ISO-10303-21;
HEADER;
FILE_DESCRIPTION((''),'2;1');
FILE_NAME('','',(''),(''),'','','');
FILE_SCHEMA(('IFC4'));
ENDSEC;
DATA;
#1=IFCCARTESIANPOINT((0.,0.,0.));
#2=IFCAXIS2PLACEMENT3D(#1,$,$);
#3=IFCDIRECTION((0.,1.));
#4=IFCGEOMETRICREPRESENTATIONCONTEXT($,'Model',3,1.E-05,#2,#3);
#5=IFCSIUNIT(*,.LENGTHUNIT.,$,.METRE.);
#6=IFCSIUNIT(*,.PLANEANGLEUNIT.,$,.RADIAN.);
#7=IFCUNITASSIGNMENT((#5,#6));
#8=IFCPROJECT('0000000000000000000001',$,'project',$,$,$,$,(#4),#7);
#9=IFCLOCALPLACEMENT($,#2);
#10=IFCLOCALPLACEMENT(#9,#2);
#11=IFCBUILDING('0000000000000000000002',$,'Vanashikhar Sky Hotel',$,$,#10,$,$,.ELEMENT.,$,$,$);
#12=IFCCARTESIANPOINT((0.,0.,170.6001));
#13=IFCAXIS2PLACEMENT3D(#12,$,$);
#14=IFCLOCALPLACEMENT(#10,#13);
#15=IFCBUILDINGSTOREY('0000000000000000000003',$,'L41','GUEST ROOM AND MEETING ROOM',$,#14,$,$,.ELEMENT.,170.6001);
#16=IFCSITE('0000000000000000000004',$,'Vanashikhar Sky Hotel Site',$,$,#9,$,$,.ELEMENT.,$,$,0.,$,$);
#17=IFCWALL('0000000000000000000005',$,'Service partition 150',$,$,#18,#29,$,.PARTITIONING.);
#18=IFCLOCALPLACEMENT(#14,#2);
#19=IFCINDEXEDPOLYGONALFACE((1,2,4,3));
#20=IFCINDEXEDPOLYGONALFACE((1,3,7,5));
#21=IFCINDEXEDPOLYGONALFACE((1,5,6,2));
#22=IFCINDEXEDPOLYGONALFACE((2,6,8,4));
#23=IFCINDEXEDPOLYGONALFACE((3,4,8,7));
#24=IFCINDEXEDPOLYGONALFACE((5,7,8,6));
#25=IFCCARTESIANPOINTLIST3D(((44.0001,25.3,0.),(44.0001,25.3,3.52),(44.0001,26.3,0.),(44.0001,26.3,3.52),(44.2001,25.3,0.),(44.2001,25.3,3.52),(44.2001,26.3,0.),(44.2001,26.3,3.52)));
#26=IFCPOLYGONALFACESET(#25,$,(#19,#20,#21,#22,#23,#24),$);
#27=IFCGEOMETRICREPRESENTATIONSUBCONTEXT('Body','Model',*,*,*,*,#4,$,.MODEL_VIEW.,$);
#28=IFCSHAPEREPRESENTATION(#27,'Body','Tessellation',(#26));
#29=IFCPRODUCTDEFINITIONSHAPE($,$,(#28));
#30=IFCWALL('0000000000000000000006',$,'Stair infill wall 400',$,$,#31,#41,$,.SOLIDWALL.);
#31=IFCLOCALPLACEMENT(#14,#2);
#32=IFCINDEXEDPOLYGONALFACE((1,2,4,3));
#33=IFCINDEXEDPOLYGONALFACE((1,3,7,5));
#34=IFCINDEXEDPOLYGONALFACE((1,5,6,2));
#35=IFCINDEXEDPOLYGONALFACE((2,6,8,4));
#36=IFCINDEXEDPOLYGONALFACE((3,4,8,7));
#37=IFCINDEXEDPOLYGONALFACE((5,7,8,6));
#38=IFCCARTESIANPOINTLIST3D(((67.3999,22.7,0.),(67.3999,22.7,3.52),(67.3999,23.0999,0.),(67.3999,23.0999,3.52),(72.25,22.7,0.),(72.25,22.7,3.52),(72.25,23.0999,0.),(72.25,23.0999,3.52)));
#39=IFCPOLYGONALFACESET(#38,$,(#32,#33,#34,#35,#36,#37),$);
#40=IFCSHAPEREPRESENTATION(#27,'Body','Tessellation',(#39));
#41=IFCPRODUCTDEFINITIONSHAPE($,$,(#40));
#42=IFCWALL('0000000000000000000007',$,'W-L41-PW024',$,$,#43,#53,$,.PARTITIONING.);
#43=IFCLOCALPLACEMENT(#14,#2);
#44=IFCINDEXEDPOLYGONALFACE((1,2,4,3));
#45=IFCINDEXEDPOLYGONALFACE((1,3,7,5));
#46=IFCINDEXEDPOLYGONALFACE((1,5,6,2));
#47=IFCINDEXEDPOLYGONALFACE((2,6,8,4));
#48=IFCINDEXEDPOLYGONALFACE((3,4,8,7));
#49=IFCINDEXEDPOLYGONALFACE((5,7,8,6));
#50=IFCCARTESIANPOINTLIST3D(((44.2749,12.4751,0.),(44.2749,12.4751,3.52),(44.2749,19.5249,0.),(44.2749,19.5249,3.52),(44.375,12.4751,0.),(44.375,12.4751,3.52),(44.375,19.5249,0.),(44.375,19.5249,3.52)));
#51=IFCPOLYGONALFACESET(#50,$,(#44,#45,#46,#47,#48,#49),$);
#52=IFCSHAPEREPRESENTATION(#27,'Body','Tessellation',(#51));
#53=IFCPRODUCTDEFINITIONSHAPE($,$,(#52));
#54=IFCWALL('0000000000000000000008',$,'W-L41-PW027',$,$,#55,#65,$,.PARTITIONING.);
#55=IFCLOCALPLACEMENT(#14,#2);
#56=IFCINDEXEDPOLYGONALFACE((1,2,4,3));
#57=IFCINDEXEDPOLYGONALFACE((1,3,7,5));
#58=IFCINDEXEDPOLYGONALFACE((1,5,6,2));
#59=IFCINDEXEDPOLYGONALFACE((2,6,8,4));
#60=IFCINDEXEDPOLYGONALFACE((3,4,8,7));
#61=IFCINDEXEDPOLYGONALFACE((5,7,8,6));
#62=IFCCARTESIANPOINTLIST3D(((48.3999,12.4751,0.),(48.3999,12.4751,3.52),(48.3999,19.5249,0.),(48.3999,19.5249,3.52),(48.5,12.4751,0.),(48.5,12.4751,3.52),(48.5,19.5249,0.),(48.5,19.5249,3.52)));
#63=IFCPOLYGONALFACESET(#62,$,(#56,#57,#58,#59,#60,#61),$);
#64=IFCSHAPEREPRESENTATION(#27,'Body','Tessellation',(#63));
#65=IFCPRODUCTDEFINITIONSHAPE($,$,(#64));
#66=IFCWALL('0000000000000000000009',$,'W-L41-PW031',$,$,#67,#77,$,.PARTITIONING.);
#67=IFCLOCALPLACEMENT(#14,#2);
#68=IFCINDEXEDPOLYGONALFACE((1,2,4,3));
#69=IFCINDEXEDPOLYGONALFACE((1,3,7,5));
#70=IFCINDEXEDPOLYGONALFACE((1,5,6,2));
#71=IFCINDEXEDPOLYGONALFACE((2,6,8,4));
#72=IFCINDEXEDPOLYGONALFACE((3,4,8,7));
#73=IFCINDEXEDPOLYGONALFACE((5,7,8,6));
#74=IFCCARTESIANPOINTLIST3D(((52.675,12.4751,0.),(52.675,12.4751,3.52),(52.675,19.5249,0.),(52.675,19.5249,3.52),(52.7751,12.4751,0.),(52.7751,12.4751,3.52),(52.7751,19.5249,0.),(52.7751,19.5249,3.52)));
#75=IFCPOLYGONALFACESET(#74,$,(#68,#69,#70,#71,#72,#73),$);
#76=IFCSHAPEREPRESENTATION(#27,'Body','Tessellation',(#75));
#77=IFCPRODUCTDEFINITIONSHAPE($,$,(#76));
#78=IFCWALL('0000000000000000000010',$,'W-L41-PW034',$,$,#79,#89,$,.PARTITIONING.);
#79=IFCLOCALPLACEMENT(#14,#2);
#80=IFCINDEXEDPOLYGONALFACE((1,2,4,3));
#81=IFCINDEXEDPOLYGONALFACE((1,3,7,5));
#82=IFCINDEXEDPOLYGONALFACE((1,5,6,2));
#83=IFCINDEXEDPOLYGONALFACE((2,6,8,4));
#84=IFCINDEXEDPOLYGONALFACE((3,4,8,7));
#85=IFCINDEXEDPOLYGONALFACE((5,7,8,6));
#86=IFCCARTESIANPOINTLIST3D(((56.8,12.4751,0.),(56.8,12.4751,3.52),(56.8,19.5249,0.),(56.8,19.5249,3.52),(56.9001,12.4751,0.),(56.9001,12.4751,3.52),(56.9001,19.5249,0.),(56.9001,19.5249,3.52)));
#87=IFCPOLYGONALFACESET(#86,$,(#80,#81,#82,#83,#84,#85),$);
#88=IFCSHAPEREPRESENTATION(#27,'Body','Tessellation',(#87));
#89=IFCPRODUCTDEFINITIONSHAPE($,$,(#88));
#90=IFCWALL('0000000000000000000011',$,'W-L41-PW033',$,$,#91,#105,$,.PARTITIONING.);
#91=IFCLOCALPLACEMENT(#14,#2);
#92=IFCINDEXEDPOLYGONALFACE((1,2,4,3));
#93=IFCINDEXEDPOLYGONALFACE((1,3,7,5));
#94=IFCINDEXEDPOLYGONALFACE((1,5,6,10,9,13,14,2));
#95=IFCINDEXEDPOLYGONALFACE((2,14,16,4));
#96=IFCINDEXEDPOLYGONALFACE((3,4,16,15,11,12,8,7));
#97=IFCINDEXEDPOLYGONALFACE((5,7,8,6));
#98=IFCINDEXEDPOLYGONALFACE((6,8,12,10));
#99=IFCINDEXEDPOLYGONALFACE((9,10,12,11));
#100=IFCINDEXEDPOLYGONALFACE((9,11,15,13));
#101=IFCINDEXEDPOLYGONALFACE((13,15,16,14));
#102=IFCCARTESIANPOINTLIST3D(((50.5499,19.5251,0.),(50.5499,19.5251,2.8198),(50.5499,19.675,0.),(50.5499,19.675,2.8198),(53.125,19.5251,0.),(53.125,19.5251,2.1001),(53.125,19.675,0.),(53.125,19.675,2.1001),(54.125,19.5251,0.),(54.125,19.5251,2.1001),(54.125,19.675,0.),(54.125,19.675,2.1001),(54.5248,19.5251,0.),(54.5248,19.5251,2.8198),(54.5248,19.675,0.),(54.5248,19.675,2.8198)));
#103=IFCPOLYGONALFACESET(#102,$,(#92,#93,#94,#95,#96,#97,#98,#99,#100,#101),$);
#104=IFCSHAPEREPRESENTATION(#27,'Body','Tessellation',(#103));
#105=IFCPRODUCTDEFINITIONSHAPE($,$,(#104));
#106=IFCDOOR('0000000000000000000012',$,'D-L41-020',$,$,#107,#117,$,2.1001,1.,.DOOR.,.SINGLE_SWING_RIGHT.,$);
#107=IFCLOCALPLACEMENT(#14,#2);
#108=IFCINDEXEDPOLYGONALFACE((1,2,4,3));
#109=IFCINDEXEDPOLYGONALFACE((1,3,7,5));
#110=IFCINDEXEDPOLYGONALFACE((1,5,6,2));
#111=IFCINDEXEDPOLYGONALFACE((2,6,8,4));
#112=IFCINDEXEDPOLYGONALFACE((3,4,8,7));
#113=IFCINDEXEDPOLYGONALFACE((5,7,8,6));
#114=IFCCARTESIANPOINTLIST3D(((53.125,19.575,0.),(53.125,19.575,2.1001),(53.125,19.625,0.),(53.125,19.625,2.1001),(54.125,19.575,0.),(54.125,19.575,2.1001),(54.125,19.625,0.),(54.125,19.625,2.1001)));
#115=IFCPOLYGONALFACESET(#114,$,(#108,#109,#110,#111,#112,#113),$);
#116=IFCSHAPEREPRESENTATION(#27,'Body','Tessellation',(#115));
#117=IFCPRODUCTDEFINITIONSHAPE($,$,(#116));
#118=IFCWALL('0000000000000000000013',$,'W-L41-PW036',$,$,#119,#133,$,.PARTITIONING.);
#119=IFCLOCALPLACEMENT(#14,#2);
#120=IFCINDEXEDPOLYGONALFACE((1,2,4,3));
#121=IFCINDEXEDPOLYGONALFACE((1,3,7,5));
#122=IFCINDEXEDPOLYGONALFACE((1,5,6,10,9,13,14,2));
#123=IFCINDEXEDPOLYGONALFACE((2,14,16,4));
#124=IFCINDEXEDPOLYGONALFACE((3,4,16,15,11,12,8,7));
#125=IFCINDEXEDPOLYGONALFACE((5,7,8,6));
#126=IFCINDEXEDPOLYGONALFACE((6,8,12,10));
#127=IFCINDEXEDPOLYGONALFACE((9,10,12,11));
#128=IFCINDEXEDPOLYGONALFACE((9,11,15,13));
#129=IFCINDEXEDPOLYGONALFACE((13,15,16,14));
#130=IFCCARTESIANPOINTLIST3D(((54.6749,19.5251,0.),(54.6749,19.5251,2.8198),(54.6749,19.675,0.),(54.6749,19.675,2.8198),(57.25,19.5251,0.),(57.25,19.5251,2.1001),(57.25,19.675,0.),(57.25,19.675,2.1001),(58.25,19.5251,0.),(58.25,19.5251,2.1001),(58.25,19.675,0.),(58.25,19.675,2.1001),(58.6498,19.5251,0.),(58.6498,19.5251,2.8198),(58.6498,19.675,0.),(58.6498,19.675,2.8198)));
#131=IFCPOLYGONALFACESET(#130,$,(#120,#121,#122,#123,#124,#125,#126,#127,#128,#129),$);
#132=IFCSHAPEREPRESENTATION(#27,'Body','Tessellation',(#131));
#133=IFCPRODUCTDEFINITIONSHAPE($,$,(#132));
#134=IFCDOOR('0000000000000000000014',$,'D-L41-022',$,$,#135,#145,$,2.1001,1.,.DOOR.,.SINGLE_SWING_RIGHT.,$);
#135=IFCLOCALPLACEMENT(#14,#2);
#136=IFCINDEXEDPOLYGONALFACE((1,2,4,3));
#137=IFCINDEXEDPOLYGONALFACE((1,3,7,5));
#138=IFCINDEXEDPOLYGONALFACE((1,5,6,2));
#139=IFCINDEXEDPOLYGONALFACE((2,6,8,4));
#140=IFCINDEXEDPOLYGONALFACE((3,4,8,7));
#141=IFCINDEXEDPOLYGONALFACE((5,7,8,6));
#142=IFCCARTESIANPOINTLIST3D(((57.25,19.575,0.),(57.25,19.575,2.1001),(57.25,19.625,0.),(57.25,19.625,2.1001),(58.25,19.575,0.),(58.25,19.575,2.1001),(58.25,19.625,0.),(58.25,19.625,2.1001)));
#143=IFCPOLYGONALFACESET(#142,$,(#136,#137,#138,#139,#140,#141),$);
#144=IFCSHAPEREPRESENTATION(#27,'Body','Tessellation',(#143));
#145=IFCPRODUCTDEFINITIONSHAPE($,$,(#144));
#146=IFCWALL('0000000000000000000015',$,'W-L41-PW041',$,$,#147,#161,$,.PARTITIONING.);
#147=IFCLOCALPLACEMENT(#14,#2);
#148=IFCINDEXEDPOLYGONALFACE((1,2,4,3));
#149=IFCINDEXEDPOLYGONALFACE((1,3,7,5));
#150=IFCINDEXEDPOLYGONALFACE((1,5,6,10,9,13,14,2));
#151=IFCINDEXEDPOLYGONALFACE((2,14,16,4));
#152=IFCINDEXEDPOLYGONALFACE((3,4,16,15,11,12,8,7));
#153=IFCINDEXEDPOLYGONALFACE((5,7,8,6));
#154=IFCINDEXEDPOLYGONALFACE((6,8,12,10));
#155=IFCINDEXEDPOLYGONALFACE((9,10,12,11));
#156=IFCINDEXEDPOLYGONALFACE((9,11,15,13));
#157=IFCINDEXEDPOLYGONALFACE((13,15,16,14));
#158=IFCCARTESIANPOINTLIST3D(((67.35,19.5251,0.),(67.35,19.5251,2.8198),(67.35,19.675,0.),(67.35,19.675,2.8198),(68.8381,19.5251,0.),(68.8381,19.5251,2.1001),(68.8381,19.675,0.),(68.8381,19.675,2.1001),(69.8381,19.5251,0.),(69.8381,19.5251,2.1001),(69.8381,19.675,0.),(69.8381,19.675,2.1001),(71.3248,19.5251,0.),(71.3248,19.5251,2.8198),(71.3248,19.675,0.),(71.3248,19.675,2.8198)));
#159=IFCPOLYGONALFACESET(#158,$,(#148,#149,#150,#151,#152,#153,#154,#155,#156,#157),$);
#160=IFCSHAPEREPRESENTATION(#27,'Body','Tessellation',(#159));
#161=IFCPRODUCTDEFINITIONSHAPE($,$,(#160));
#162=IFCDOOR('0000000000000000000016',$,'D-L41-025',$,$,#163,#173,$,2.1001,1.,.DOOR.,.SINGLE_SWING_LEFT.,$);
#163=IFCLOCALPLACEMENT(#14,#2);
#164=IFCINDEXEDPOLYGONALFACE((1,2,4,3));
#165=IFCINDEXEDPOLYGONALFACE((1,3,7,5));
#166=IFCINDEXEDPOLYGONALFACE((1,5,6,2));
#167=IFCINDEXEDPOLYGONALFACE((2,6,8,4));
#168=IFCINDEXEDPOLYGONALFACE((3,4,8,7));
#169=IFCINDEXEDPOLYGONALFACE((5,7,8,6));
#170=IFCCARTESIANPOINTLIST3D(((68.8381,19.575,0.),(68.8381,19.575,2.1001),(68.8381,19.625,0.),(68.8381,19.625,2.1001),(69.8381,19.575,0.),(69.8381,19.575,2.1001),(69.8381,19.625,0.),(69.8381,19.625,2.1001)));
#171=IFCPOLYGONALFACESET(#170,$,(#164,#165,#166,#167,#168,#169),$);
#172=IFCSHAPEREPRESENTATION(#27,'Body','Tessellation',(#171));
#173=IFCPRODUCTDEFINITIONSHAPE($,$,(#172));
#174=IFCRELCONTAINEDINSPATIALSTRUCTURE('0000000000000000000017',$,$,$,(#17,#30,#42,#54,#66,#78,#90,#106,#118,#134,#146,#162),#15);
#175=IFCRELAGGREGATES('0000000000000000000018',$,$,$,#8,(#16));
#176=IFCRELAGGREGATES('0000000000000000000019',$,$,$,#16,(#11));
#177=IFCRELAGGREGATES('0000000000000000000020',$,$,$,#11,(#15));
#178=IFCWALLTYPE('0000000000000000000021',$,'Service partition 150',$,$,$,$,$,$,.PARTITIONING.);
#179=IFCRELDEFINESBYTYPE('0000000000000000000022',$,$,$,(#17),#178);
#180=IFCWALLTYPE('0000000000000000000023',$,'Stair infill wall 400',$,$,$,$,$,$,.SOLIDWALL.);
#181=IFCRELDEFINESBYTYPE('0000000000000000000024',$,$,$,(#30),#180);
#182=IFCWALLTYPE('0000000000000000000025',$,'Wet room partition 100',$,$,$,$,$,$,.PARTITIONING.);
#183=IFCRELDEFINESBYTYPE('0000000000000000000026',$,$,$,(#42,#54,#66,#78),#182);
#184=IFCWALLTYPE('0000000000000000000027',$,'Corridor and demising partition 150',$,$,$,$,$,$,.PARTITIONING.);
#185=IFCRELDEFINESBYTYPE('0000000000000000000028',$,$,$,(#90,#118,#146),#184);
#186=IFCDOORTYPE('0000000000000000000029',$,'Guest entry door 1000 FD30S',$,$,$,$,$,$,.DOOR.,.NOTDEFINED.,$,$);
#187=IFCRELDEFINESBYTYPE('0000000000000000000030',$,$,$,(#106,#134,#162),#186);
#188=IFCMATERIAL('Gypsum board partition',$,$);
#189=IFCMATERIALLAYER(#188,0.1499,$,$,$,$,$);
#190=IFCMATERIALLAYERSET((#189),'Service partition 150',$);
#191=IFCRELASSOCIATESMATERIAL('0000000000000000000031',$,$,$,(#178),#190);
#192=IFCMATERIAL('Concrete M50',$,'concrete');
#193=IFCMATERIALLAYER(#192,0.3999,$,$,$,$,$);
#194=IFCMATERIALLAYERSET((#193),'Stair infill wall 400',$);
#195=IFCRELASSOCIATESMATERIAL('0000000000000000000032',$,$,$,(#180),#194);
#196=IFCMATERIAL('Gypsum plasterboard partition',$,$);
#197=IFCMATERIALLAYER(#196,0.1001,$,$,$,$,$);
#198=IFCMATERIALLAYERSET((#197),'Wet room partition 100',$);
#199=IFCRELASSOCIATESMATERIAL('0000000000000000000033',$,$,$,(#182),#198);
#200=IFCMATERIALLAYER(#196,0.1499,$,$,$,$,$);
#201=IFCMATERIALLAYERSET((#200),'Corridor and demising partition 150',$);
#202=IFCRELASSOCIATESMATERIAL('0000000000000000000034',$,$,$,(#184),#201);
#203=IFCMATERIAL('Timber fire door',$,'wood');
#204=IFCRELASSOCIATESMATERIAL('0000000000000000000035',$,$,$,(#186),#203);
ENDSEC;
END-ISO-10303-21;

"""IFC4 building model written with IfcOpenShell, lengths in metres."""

from ifc_helpers import new_model, si_unit, direction, frame, frame_2d, origin, place, context, subcontext, project, spatial, rectangle, extrude, source, transform, mapped, material, layer, layer_set, type_object, element, fill, save


model = new_model("IFC4")

# Units and contexts
model_context = context("Model", 3, precision=1e-05, world=origin(), true_north=direction((0.0, 1.0)))
body_context = subcontext(model_context, "Body", "Model", "MODEL_VIEW")
ifc_project = project(units=[si_unit("LENGTHUNIT", "METRE"), si_unit("PLANEANGLEUNIT", "RADIAN")], contexts=[model_context])

# Site, building, storey
site_placement = place(None, origin())
site = spatial("IfcSite", under=ifc_project, at=site_placement, Name="Vanashikhar Sky Hotel Site", CompositionType="ELEMENT", RefElevation=0.0)
building_placement = place(site_placement, origin())
building = spatial("IfcBuilding", under=site, at=building_placement, Name="Vanashikhar Sky Hotel", CompositionType="ELEMENT")
storey_placement = place(building_placement, frame((0.0, 0.0, 170.6001)))
storey = spatial("IfcBuildingStorey", under=building, at=storey_placement, Name="L41", Description="GUEST ROOM AND MEETING ROOM", CompositionType="ELEMENT", Elevation=170.6001)

# Shared definitions
ifc_material_1 = material(Name="Concrete M50", Category="concrete")

# Walls
ifc_material_2 = material(Name="Gypsum board partition")
ifc_layer_1 = layer(ifc_material_2, 0.1499)
ifc_layer_set_1 = layer_set([ifc_layer_1], Name="Service partition 150")
wall_type_1 = type_object("IfcWallType", Name="Service partition 150", PredefinedType="PARTITIONING", material=ifc_layer_set_1)
shared_shape_1 = source(origin(), body_context, "Body", "SweptSolid", [
    extrude(rectangle(XDim=1.0, YDim=0.2, at=frame_2d((0.5, 0.0))), origin(), (0.0, 0.0, 1.0), 3.52),
])
wall_1_placement = place(storey_placement, frame((44.1001, 25.3, 0.0), z_axis=(0.0, 0.0, 1.0), x_axis=(0.0, 1.0, 0.0)))
element("IfcWall", 1, at=wall_1_placement, inside=storey, type_object=wall_type_1, Name="Service partition 150", PredefinedType="PARTITIONING", context=body_context, shape_type="MappedRepresentation", body=[
    mapped(shared_shape_1, transform((0.0, 0.0, 0.0), scale=1.0)),
])
ifc_layer_2 = layer(ifc_material_1, 0.3999)
ifc_layer_set_2 = layer_set([ifc_layer_2], Name="Stair infill wall 400")
wall_type_2 = type_object("IfcWallType", Name="Stair infill wall 400", PredefinedType="SOLIDWALL", material=ifc_layer_set_2)
shared_shape_2 = source(origin(), body_context, "Body", "SweptSolid", [
    extrude(rectangle(XDim=4.8501, YDim=0.3999, at=frame_2d((2.425, 0.0))), origin(), (0.0, 0.0, 1.0), 3.52),
])
wall_2_placement = place(storey_placement, frame((67.3999, 22.8999, 0.0), z_axis=(0.0, 0.0, 1.0), x_axis=(1.0, 0.0, 0.0)))
element("IfcWall", 2, at=wall_2_placement, inside=storey, type_object=wall_type_2, Name="Stair infill wall 400", PredefinedType="SOLIDWALL", context=body_context, shape_type="MappedRepresentation", body=[
    mapped(shared_shape_2, transform((0.0, 0.0, 0.0), scale=1.0)),
])
ifc_material_3 = material(Name="Gypsum plasterboard partition")
ifc_layer_3 = layer(ifc_material_3, 0.1001)
ifc_layer_set_3 = layer_set([ifc_layer_3], Name="Wet room partition 100")
wall_type_3 = type_object("IfcWallType", Name="Wet room partition 100", PredefinedType="PARTITIONING", material=ifc_layer_set_3)
shared_shape_3 = source(origin(), body_context, "Body", "SweptSolid", [
    extrude(rectangle(XDim=7.0498, YDim=0.1001, at=frame_2d((3.5249, 0.0))), origin(), (0.0, 0.0, 1.0), 3.52),
])
for number, where, z_axis, x_axis, name in (
    (3, (44.325, 12.4751, 0.0), (0.0, 0.0, 1.0), (0.0, 1.0, 0.0), "W-L41-PW024"),
    (4, (48.45, 12.4751, 0.0), (0.0, 0.0, 1.0), (0.0, 1.0, 0.0), "W-L41-PW027"),
    (5, (52.7251, 12.4751, 0.0), (0.0, 0.0, 1.0), (0.0, 1.0, 0.0), "W-L41-PW031"),
    (6, (56.8501, 12.4751, 0.0), (0.0, 0.0, 1.0), (0.0, 1.0, 0.0), "W-L41-PW034"),
):
    element("IfcWall", number, at=place(storey_placement, frame(where, z_axis=z_axis, x_axis=x_axis)), inside=storey, type_object=wall_type_3, Name=name, PredefinedType="PARTITIONING", context=body_context, shape_type="MappedRepresentation", body=[
        mapped(shared_shape_3, transform((0.0, 0.0, 0.0), scale=1.0)),
    ])

# Walls, openings, doors
ifc_layer_4 = layer(ifc_material_3, 0.1499)
ifc_layer_set_4 = layer_set([ifc_layer_4], Name="Corridor and demising partition 150")
wall_type_4 = type_object("IfcWallType", Name="Corridor and demising partition 150", PredefinedType="PARTITIONING", material=ifc_layer_set_4)
shared_shape_4 = source(origin(), body_context, "Body", "SweptSolid", [
    extrude(rectangle(XDim=3.9749, YDim=0.1499, at=frame_2d((1.9873, 0.0))), origin(), (0.0, 0.0, 1.0), 2.8198),
])
wall_3_placement = place(storey_placement, frame((50.55, 19.6001, 0.0), z_axis=(0.0, 0.0, 1.0), x_axis=(1.0, 0.0, 0.0)))
wall_3 = element("IfcWall", 7, at=wall_3_placement, inside=storey, type_object=wall_type_4, Name="W-L41-PW033", PredefinedType="PARTITIONING", context=body_context, shape_type="MappedRepresentation", body=[
    mapped(shared_shape_4, transform((0.0, 0.0, 0.0), scale=1.0)),
])
shared_shape_5 = source(origin(), body_context, "Body", "SweptSolid", [
    extrude(rectangle(XDim=1.0, YDim=2.1001, at=frame_2d((0.5, 1.05))), frame((0.0, 0.085, 0.0), z_axis=(0.0, -1.0, 0.0), x_axis=(1.0, 0.0, 0.0)), (0.0, 0.0, 1.0), 0.1699),
])
opening_1_placement = place(wall_3_placement, frame((2.575, 0.0, 0.0)))
opening_1 = element("IfcOpeningElement", 8, at=opening_1_placement, cuts=wall_3, PredefinedType="OPENING", context=body_context, shape_type="MappedRepresentation", body=[
    mapped(shared_shape_5, transform((0.0, 0.0, 0.0), scale=1.0)),
])
ifc_material_4 = material(Name="Timber fire door", Category="wood")
door_type_1 = type_object("IfcDoorType", Name="Guest entry door 1000 FD30S", OperationType="NOTDEFINED", PredefinedType="DOOR", material=ifc_material_4)
shared_shape_6 = source(origin(), body_context, "Body", "SweptSolid", [
    extrude(rectangle(XDim=1.0, YDim=2.1001, at=frame_2d((0.5, 1.05))), frame((0.0, 0.0249, 0.0), z_axis=(0.0, -1.0, 0.0), x_axis=(1.0, 0.0, 0.0)), (0.0, 0.0, 1.0), 0.05),
])
door_1_placement = place(opening_1_placement, origin())
door_1 = element("IfcDoor", 9, at=door_1_placement, inside=storey, type_object=door_type_1, Name="D-L41-020", OperationType="SINGLE_SWING_RIGHT", OverallHeight=2.1001, OverallWidth=1.0, PredefinedType="DOOR", context=body_context, shape_type="MappedRepresentation", body=[
    mapped(shared_shape_6, transform((0.0, 0.0, 0.0), scale=1.0)),
])
fill(opening_1, door_1)
wall_4_placement = place(storey_placement, frame((54.675, 19.6001, 0.0), z_axis=(0.0, 0.0, 1.0), x_axis=(1.0, 0.0, 0.0)))
wall_4 = element("IfcWall", 10, at=wall_4_placement, inside=storey, type_object=wall_type_4, Name="W-L41-PW036", PredefinedType="PARTITIONING", context=body_context, shape_type="MappedRepresentation", body=[
    mapped(shared_shape_4, transform((0.0, 0.0, 0.0), scale=1.0)),
])
opening_2_placement = place(wall_4_placement, frame((2.575, 0.0, 0.0)))
opening_2 = element("IfcOpeningElement", 11, at=opening_2_placement, cuts=wall_4, PredefinedType="OPENING", context=body_context, shape_type="MappedRepresentation", body=[
    mapped(shared_shape_5, transform((0.0, 0.0, 0.0), scale=1.0)),
])
door_2_placement = place(opening_2_placement, origin())
door_2 = element("IfcDoor", 12, at=door_2_placement, inside=storey, type_object=door_type_1, Name="D-L41-022", OperationType="SINGLE_SWING_RIGHT", OverallHeight=2.1001, OverallWidth=1.0, PredefinedType="DOOR", context=body_context, shape_type="MappedRepresentation", body=[
    mapped(shared_shape_6, transform((0.0, 0.0, 0.0), scale=1.0)),
])
fill(opening_2, door_2)
wall_5_placement = place(storey_placement, frame((67.3501, 19.6001, 0.0), z_axis=(0.0, 0.0, 1.0), x_axis=(1.0, 0.0, 0.0)))
wall_5 = element("IfcWall", 13, at=wall_5_placement, inside=storey, type_object=wall_type_4, Name="W-L41-PW041", PredefinedType="PARTITIONING", context=body_context, shape_type="MappedRepresentation", body=[
    mapped(shared_shape_4, transform((0.0, 0.0, 0.0), scale=1.0)),
])
opening_3_placement = place(wall_5_placement, frame((1.488, 0.0, 0.0)))
opening_3 = element("IfcOpeningElement", 14, at=opening_3_placement, cuts=wall_5, PredefinedType="OPENING", context=body_context, shape_type="MappedRepresentation", body=[
    mapped(shared_shape_5, transform((0.0, 0.0, 0.0), scale=1.0)),
])
door_3_placement = place(opening_3_placement, origin())
door_3 = element("IfcDoor", 15, at=door_3_placement, inside=storey, type_object=door_type_1, Name="D-L41-025", OperationType="SINGLE_SWING_LEFT", OverallHeight=2.1001, OverallWidth=1.0, PredefinedType="DOOR", context=body_context, shape_type="MappedRepresentation", body=[
    mapped(shared_shape_6, transform((0.0, 0.0, 0.0), scale=1.0)),
])
fill(opening_3, door_3)

save(model, "model.ifc")
